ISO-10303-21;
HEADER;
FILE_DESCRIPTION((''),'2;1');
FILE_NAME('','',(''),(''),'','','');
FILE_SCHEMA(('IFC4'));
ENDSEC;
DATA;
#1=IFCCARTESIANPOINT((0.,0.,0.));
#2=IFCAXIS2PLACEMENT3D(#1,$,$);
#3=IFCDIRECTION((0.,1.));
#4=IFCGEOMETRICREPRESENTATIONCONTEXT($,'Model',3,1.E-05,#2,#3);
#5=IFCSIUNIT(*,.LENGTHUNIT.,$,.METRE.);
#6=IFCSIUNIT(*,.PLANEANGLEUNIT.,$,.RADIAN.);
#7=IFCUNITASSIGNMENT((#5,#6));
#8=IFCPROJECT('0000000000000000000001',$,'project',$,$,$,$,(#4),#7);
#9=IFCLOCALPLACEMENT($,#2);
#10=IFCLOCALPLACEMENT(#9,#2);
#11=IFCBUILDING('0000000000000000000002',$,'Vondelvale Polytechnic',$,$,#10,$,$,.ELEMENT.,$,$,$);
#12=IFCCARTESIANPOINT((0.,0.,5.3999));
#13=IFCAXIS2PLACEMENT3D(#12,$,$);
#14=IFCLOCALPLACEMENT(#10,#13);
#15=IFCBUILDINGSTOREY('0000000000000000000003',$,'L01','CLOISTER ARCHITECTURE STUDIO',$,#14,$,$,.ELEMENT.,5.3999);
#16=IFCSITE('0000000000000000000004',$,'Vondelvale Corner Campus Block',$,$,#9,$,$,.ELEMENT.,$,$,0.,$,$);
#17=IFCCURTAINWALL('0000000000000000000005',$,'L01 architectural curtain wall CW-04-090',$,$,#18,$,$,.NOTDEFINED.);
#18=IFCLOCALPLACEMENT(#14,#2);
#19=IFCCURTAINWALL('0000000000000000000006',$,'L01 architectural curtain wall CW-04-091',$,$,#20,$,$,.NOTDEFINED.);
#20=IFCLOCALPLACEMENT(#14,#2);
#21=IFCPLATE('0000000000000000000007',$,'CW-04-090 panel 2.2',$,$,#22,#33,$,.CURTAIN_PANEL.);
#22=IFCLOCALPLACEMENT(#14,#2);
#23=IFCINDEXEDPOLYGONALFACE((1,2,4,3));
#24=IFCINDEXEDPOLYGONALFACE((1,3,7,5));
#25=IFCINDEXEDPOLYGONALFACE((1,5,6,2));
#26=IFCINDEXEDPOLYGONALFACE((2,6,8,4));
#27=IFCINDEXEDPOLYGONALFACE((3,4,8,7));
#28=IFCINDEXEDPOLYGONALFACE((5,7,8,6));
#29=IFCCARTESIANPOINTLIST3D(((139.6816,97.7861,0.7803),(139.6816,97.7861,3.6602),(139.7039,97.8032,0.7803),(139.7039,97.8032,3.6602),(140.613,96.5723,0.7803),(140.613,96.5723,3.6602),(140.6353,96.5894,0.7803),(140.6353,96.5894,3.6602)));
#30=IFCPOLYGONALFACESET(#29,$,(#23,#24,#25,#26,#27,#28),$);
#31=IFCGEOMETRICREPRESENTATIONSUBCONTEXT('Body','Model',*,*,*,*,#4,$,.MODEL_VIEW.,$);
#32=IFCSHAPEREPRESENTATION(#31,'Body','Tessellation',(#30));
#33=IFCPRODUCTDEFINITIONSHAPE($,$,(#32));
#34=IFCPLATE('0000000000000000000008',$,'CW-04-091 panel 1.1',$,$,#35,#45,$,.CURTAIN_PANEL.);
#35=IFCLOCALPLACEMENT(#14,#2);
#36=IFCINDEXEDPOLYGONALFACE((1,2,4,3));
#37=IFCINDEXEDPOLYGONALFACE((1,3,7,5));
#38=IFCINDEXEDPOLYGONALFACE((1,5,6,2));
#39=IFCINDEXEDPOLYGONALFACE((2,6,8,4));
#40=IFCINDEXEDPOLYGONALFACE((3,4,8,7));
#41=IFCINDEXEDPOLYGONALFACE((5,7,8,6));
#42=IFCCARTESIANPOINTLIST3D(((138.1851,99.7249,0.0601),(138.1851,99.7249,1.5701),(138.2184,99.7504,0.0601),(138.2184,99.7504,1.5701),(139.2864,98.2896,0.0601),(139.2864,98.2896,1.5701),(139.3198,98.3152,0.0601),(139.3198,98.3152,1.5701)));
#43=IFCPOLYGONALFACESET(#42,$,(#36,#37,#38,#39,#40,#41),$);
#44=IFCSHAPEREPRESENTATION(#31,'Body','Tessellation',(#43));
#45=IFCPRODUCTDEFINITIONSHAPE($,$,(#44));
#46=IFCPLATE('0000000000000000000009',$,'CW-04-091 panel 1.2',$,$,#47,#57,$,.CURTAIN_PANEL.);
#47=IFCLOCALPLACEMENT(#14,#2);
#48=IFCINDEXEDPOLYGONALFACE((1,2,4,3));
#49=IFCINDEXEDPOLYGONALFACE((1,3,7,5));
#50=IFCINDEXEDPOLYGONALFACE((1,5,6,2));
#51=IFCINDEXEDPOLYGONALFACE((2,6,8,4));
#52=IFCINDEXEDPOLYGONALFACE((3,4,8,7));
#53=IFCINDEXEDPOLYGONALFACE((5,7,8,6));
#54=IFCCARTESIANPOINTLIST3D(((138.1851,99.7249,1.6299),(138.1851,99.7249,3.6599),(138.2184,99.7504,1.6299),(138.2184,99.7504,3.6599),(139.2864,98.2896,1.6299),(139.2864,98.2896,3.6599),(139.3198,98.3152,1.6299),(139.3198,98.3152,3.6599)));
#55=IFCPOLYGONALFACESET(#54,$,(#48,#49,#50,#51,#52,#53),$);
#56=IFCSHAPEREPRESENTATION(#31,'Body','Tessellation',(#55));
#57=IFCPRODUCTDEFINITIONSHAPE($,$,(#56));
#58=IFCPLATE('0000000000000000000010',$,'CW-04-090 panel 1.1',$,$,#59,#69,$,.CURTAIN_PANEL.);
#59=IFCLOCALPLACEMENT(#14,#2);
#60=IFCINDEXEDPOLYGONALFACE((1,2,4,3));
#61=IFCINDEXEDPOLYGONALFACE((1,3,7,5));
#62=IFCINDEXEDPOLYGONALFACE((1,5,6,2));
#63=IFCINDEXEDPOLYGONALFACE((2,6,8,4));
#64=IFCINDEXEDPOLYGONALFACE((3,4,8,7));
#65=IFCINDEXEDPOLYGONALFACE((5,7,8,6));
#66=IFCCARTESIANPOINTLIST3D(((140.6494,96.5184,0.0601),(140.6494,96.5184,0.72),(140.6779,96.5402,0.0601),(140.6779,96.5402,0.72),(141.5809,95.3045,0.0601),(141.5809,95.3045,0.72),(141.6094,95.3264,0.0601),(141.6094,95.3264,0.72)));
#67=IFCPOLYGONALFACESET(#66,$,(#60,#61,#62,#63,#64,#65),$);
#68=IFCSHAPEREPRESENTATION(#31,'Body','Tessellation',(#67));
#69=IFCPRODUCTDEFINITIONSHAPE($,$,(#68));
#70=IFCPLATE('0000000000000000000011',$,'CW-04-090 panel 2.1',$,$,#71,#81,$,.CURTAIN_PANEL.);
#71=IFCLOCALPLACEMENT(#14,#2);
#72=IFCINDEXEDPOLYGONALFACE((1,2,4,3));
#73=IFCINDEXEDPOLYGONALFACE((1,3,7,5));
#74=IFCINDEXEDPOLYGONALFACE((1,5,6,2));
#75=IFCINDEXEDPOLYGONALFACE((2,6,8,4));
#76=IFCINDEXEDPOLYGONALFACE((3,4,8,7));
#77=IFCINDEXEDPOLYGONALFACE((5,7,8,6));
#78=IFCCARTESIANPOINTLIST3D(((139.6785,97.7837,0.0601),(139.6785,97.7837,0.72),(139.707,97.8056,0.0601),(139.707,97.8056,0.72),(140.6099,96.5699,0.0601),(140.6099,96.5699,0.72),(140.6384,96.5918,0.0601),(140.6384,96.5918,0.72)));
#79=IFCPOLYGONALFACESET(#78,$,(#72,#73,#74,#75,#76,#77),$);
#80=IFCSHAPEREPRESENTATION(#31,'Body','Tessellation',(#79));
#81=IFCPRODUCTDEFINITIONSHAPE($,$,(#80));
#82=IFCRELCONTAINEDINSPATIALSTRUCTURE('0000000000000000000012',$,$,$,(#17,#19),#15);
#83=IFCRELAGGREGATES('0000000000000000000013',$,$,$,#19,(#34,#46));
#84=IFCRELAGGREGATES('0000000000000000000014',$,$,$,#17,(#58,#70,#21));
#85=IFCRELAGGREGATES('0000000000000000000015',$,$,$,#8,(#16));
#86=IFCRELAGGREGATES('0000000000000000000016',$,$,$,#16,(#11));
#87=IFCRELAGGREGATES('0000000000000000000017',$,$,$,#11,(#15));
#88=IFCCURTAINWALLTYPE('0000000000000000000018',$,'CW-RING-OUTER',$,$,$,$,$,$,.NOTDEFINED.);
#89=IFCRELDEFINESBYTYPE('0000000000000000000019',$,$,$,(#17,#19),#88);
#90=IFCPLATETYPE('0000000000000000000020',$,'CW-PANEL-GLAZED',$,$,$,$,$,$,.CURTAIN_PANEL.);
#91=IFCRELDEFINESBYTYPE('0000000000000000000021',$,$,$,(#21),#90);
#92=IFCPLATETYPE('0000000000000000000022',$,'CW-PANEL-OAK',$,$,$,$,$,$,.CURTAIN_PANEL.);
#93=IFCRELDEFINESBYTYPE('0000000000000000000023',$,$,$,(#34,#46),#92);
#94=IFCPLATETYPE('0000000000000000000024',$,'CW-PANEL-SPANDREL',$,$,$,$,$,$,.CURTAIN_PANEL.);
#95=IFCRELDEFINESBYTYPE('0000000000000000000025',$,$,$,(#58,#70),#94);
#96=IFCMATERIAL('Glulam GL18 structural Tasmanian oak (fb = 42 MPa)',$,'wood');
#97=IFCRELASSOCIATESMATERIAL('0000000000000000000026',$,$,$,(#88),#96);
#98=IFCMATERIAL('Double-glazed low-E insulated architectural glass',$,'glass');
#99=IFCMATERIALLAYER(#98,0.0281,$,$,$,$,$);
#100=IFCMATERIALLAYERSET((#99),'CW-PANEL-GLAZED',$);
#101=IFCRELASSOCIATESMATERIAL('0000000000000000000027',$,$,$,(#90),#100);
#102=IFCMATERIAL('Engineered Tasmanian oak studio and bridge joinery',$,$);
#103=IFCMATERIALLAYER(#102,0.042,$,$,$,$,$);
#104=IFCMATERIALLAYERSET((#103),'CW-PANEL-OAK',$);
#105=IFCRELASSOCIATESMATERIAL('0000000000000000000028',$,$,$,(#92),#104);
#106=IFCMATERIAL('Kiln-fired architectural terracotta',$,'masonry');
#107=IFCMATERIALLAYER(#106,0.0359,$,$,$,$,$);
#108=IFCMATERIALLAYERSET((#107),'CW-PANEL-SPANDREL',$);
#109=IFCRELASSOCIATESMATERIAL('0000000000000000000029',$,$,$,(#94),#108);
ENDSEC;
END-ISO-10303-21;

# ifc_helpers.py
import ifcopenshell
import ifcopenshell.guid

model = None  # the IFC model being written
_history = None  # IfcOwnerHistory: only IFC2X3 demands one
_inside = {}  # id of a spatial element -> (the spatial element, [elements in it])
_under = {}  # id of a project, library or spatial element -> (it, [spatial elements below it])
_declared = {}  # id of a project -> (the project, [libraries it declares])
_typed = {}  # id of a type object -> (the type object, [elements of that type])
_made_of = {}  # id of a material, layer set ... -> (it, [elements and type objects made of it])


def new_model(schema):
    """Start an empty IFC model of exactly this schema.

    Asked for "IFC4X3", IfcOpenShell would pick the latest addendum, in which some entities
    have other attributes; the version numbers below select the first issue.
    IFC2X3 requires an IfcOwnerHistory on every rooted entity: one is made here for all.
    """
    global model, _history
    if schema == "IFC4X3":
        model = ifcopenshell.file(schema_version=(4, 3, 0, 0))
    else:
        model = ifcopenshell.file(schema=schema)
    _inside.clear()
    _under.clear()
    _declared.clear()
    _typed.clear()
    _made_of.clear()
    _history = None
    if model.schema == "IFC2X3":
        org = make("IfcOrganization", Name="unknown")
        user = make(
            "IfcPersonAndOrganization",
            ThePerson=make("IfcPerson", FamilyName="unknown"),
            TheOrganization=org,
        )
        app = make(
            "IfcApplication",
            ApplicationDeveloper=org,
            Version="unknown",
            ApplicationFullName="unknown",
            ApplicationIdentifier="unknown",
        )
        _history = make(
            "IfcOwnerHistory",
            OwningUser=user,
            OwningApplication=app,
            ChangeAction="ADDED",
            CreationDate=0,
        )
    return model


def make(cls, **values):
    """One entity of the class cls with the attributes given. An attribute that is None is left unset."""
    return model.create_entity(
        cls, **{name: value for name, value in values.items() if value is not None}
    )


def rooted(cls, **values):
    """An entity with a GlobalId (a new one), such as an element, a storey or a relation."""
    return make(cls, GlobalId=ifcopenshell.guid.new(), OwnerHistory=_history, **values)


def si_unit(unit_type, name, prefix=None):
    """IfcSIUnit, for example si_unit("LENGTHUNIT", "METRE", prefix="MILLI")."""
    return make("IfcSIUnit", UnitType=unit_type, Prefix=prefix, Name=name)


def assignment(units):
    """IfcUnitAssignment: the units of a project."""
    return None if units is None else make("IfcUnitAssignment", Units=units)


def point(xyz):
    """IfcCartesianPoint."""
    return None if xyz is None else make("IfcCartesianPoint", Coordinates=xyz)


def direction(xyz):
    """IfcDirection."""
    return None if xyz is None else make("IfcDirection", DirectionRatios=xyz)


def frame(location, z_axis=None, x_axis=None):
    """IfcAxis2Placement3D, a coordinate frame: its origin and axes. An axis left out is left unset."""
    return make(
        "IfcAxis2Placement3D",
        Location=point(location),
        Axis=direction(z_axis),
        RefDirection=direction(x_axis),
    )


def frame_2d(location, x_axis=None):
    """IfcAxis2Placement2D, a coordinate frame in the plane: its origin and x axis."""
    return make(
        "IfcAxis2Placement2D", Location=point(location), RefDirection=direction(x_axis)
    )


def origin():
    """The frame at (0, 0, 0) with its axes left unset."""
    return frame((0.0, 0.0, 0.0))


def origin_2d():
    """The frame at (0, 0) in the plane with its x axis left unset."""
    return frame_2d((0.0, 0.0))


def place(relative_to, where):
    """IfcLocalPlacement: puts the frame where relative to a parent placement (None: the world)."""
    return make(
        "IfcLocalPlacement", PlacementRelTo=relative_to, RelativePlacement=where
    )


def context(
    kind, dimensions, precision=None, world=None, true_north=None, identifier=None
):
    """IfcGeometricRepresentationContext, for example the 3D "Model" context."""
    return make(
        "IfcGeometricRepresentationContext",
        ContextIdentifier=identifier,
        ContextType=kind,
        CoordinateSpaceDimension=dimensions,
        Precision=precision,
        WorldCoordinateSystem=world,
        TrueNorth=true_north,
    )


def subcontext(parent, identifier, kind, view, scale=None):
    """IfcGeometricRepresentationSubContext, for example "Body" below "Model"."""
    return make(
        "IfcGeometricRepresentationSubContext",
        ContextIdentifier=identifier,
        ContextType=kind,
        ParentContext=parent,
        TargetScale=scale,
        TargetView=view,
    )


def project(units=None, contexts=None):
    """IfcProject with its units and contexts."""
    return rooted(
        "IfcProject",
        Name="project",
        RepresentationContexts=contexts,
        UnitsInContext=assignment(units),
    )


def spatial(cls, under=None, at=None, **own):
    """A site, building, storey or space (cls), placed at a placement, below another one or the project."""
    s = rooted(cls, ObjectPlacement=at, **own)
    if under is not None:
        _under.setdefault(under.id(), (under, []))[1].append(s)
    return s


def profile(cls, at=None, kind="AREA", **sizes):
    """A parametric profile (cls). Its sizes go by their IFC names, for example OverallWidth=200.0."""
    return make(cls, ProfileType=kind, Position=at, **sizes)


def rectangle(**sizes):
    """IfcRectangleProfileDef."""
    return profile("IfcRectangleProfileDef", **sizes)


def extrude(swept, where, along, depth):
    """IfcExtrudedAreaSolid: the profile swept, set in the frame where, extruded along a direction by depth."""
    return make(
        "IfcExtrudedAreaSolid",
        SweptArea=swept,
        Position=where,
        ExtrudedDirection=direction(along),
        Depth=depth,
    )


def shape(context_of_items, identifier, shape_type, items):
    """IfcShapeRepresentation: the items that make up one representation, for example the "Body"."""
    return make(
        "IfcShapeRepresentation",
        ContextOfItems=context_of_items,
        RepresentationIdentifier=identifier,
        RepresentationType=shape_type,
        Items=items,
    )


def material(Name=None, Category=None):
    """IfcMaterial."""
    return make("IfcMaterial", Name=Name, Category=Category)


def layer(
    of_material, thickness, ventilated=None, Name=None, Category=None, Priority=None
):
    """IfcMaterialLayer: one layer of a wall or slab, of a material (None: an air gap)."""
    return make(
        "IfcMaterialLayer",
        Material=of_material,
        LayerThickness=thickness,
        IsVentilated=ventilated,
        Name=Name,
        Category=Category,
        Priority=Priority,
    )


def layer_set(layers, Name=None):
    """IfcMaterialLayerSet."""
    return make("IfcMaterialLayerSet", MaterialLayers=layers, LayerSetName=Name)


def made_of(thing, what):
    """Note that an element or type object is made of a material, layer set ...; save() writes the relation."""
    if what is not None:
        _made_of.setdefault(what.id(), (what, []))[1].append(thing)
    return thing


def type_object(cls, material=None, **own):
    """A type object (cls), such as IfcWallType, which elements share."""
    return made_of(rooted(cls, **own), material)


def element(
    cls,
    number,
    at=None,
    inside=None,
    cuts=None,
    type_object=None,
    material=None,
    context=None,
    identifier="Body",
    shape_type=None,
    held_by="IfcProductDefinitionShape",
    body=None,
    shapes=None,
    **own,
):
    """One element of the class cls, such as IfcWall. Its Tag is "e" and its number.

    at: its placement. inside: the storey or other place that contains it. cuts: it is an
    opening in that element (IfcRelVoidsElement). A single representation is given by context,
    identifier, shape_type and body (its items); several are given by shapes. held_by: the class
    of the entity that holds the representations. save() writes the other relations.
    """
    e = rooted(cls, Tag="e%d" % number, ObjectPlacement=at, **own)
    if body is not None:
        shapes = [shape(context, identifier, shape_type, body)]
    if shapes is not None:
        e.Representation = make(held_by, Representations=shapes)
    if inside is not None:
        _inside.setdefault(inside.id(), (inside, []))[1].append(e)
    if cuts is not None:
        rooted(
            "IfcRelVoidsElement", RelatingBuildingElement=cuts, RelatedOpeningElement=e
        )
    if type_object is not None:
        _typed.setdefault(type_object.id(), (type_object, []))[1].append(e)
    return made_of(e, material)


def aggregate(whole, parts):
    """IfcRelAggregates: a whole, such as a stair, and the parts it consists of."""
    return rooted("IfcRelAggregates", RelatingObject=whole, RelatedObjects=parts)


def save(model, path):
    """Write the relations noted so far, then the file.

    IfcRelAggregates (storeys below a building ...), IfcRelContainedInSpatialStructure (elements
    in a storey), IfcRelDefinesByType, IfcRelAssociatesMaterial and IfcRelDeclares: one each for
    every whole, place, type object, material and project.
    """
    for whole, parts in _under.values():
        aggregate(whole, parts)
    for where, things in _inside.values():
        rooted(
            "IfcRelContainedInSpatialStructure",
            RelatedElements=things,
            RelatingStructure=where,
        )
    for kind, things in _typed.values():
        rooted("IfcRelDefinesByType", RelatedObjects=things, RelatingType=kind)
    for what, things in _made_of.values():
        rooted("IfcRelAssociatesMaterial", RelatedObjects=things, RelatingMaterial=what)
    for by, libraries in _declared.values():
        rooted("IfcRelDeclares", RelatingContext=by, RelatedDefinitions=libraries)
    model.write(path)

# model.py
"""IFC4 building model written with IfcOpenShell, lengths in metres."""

from ifc_helpers import new_model, si_unit, direction, frame, origin, origin_2d, place, context, subcontext, project, spatial, rectangle, extrude, material, layer, layer_set, type_object, element, aggregate, save


model = new_model("IFC4")

# Units and contexts
model_context = context("Model", 3, precision=1e-05, world=origin(), true_north=direction((0.0, 1.0)))
body_context = subcontext(model_context, "Body", "Model", "MODEL_VIEW")
ifc_project = project(units=[si_unit("LENGTHUNIT", "METRE"), si_unit("PLANEANGLEUNIT", "RADIAN")], contexts=[model_context])

# Site, building, storey
site_placement = place(None, origin())
site = spatial("IfcSite", under=ifc_project, at=site_placement, Name="Vondelvale Corner Campus Block", CompositionType="ELEMENT", RefElevation=0.0)
building_placement = place(site_placement, origin())
building = spatial("IfcBuilding", under=site, at=building_placement, Name="Vondelvale Polytechnic", CompositionType="ELEMENT")
storey_placement = place(building_placement, frame((0.0, 0.0, 5.3999)))
storey = spatial("IfcBuildingStorey", under=building, at=storey_placement, Name="L01", Description="CLOISTER ARCHITECTURE STUDIO", CompositionType="ELEMENT", Elevation=5.3999)

# Shared definitions
ifc_material_1 = material(Name="Glulam GL18 structural Tasmanian oak (fb = 42 MPa)", Category="wood")

# Shared definitions
curtain_wall_type = type_object("IfcCurtainWallType", Name="CW-RING-OUTER", PredefinedType="NOTDEFINED", material=ifc_material_1)

# Curtain walls
curtain_wall_1_placement = place(storey_placement, origin())
curtain_wall_1 = element("IfcCurtainWall", 1, at=curtain_wall_1_placement, inside=storey, type_object=curtain_wall_type, Name="L01 architectural curtain wall CW-04-090", PredefinedType="NOTDEFINED")
curtain_wall_2_placement = place(storey_placement, origin())
curtain_wall_2 = element("IfcCurtainWall", 2, at=curtain_wall_2_placement, inside=storey, type_object=curtain_wall_type, Name="L01 architectural curtain wall CW-04-091", PredefinedType="NOTDEFINED")

# Plates
ifc_material_2 = material(Name="Double-glazed low-E insulated architectural glass", Category="glass")
ifc_layer_1 = layer(ifc_material_2, 0.0281)
ifc_layer_set_1 = layer_set([ifc_layer_1], Name="CW-PANEL-GLAZED")
plate_type_1 = type_object("IfcPlateType", Name="CW-PANEL-GLAZED", PredefinedType="CURTAIN_PANEL", material=ifc_layer_set_1)
plate_1_placement = place(storey_placement, frame((140.1584, 97.1877, 0.7803), z_axis=(0.0, 0.0, 1.0), x_axis=(-0.608787, 0.793334, 0.0)))
plate_1 = element("IfcPlate", 3, at=plate_1_placement, type_object=plate_type_1, Name="CW-04-090 panel 2.2", PredefinedType="CURTAIN_PANEL", context=body_context, shape_type="SweptSolid", body=[
    extrude(rectangle(XDim=1.53, YDim=0.0281, at=origin_2d()), origin(), (0.0, 0.0, 1.0), 2.8799),
])
ifc_material_3 = material(Name="Engineered Tasmanian oak studio and bridge joinery")
ifc_layer_2 = layer(ifc_material_3, 0.042)
ifc_layer_set_2 = layer_set([ifc_layer_2], Name="CW-PANEL-OAK")
plate_type_2 = type_object("IfcPlateType", Name="CW-PANEL-OAK", PredefinedType="CURTAIN_PANEL", material=ifc_layer_set_2)
plate_2_placement = place(storey_placement, frame((138.7524, 99.02, 0.0601), z_axis=(0.0, 0.0, 1.0), x_axis=(-0.608771, 0.793346, 0.0)))
plate_2 = element("IfcPlate", 4, at=plate_2_placement, type_object=plate_type_2, Name="CW-04-091 panel 1.1", PredefinedType="CURTAIN_PANEL", context=body_context, shape_type="SweptSolid", body=[
    extrude(rectangle(XDim=1.8091, YDim=0.042, at=origin_2d()), origin(), (0.0, 0.0, 1.0), 1.51),
])
plate_3_placement = place(storey_placement, frame((138.7524, 99.02, 1.6299), z_axis=(0.0, 0.0, 1.0), x_axis=(-0.608771, 0.793346, 0.0)))
plate_3 = element("IfcPlate", 5, at=plate_3_placement, type_object=plate_type_2, Name="CW-04-091 panel 1.2", PredefinedType="CURTAIN_PANEL", context=body_context, shape_type="SweptSolid", body=[
    extrude(rectangle(XDim=1.8091, YDim=0.042, at=origin_2d()), origin(), (0.0, 0.0, 1.0), 2.03),
])
aggregate(curtain_wall_2, [plate_2, plate_3])
ifc_material_4 = material(Name="Kiln-fired architectural terracotta", Category="masonry")
ifc_layer_3 = layer(ifc_material_4, 0.0359)
ifc_layer_set_3 = layer_set([ifc_layer_3], Name="CW-PANEL-SPANDREL")
plate_type_3 = type_object("IfcPlateType", Name="CW-PANEL-SPANDREL", PredefinedType="CURTAIN_PANEL", material=ifc_layer_set_3)
plate_4_placement = place(storey_placement, frame((141.1294, 95.9224, 0.0601), z_axis=(0.0, 0.0, 1.0), x_axis=(-0.608787, 0.793334, 0.0)))
plate_4 = element("IfcPlate", 6, at=plate_4_placement, type_object=plate_type_3, Name="CW-04-090 panel 1.1", PredefinedType="CURTAIN_PANEL", context=body_context, shape_type="SweptSolid", body=[
    extrude(rectangle(XDim=1.53, YDim=0.0359, at=origin_2d()), origin(), (0.0, 0.0, 1.0), 0.6599),
])
plate_5_placement = place(storey_placement, frame((140.1584, 97.1877, 0.0601), z_axis=(0.0, 0.0, 1.0), x_axis=(-0.608787, 0.793334, 0.0)))
plate_5 = element("IfcPlate", 7, at=plate_5_placement, type_object=plate_type_3, Name="CW-04-090 panel 2.1", PredefinedType="CURTAIN_PANEL", context=body_context, shape_type="SweptSolid", body=[
    extrude(rectangle(XDim=1.53, YDim=0.0359, at=origin_2d()), origin(), (0.0, 0.0, 1.0), 0.6599),
])
aggregate(curtain_wall_1, [plate_4, plate_5, plate_1])

save(model, "model.ifc")
